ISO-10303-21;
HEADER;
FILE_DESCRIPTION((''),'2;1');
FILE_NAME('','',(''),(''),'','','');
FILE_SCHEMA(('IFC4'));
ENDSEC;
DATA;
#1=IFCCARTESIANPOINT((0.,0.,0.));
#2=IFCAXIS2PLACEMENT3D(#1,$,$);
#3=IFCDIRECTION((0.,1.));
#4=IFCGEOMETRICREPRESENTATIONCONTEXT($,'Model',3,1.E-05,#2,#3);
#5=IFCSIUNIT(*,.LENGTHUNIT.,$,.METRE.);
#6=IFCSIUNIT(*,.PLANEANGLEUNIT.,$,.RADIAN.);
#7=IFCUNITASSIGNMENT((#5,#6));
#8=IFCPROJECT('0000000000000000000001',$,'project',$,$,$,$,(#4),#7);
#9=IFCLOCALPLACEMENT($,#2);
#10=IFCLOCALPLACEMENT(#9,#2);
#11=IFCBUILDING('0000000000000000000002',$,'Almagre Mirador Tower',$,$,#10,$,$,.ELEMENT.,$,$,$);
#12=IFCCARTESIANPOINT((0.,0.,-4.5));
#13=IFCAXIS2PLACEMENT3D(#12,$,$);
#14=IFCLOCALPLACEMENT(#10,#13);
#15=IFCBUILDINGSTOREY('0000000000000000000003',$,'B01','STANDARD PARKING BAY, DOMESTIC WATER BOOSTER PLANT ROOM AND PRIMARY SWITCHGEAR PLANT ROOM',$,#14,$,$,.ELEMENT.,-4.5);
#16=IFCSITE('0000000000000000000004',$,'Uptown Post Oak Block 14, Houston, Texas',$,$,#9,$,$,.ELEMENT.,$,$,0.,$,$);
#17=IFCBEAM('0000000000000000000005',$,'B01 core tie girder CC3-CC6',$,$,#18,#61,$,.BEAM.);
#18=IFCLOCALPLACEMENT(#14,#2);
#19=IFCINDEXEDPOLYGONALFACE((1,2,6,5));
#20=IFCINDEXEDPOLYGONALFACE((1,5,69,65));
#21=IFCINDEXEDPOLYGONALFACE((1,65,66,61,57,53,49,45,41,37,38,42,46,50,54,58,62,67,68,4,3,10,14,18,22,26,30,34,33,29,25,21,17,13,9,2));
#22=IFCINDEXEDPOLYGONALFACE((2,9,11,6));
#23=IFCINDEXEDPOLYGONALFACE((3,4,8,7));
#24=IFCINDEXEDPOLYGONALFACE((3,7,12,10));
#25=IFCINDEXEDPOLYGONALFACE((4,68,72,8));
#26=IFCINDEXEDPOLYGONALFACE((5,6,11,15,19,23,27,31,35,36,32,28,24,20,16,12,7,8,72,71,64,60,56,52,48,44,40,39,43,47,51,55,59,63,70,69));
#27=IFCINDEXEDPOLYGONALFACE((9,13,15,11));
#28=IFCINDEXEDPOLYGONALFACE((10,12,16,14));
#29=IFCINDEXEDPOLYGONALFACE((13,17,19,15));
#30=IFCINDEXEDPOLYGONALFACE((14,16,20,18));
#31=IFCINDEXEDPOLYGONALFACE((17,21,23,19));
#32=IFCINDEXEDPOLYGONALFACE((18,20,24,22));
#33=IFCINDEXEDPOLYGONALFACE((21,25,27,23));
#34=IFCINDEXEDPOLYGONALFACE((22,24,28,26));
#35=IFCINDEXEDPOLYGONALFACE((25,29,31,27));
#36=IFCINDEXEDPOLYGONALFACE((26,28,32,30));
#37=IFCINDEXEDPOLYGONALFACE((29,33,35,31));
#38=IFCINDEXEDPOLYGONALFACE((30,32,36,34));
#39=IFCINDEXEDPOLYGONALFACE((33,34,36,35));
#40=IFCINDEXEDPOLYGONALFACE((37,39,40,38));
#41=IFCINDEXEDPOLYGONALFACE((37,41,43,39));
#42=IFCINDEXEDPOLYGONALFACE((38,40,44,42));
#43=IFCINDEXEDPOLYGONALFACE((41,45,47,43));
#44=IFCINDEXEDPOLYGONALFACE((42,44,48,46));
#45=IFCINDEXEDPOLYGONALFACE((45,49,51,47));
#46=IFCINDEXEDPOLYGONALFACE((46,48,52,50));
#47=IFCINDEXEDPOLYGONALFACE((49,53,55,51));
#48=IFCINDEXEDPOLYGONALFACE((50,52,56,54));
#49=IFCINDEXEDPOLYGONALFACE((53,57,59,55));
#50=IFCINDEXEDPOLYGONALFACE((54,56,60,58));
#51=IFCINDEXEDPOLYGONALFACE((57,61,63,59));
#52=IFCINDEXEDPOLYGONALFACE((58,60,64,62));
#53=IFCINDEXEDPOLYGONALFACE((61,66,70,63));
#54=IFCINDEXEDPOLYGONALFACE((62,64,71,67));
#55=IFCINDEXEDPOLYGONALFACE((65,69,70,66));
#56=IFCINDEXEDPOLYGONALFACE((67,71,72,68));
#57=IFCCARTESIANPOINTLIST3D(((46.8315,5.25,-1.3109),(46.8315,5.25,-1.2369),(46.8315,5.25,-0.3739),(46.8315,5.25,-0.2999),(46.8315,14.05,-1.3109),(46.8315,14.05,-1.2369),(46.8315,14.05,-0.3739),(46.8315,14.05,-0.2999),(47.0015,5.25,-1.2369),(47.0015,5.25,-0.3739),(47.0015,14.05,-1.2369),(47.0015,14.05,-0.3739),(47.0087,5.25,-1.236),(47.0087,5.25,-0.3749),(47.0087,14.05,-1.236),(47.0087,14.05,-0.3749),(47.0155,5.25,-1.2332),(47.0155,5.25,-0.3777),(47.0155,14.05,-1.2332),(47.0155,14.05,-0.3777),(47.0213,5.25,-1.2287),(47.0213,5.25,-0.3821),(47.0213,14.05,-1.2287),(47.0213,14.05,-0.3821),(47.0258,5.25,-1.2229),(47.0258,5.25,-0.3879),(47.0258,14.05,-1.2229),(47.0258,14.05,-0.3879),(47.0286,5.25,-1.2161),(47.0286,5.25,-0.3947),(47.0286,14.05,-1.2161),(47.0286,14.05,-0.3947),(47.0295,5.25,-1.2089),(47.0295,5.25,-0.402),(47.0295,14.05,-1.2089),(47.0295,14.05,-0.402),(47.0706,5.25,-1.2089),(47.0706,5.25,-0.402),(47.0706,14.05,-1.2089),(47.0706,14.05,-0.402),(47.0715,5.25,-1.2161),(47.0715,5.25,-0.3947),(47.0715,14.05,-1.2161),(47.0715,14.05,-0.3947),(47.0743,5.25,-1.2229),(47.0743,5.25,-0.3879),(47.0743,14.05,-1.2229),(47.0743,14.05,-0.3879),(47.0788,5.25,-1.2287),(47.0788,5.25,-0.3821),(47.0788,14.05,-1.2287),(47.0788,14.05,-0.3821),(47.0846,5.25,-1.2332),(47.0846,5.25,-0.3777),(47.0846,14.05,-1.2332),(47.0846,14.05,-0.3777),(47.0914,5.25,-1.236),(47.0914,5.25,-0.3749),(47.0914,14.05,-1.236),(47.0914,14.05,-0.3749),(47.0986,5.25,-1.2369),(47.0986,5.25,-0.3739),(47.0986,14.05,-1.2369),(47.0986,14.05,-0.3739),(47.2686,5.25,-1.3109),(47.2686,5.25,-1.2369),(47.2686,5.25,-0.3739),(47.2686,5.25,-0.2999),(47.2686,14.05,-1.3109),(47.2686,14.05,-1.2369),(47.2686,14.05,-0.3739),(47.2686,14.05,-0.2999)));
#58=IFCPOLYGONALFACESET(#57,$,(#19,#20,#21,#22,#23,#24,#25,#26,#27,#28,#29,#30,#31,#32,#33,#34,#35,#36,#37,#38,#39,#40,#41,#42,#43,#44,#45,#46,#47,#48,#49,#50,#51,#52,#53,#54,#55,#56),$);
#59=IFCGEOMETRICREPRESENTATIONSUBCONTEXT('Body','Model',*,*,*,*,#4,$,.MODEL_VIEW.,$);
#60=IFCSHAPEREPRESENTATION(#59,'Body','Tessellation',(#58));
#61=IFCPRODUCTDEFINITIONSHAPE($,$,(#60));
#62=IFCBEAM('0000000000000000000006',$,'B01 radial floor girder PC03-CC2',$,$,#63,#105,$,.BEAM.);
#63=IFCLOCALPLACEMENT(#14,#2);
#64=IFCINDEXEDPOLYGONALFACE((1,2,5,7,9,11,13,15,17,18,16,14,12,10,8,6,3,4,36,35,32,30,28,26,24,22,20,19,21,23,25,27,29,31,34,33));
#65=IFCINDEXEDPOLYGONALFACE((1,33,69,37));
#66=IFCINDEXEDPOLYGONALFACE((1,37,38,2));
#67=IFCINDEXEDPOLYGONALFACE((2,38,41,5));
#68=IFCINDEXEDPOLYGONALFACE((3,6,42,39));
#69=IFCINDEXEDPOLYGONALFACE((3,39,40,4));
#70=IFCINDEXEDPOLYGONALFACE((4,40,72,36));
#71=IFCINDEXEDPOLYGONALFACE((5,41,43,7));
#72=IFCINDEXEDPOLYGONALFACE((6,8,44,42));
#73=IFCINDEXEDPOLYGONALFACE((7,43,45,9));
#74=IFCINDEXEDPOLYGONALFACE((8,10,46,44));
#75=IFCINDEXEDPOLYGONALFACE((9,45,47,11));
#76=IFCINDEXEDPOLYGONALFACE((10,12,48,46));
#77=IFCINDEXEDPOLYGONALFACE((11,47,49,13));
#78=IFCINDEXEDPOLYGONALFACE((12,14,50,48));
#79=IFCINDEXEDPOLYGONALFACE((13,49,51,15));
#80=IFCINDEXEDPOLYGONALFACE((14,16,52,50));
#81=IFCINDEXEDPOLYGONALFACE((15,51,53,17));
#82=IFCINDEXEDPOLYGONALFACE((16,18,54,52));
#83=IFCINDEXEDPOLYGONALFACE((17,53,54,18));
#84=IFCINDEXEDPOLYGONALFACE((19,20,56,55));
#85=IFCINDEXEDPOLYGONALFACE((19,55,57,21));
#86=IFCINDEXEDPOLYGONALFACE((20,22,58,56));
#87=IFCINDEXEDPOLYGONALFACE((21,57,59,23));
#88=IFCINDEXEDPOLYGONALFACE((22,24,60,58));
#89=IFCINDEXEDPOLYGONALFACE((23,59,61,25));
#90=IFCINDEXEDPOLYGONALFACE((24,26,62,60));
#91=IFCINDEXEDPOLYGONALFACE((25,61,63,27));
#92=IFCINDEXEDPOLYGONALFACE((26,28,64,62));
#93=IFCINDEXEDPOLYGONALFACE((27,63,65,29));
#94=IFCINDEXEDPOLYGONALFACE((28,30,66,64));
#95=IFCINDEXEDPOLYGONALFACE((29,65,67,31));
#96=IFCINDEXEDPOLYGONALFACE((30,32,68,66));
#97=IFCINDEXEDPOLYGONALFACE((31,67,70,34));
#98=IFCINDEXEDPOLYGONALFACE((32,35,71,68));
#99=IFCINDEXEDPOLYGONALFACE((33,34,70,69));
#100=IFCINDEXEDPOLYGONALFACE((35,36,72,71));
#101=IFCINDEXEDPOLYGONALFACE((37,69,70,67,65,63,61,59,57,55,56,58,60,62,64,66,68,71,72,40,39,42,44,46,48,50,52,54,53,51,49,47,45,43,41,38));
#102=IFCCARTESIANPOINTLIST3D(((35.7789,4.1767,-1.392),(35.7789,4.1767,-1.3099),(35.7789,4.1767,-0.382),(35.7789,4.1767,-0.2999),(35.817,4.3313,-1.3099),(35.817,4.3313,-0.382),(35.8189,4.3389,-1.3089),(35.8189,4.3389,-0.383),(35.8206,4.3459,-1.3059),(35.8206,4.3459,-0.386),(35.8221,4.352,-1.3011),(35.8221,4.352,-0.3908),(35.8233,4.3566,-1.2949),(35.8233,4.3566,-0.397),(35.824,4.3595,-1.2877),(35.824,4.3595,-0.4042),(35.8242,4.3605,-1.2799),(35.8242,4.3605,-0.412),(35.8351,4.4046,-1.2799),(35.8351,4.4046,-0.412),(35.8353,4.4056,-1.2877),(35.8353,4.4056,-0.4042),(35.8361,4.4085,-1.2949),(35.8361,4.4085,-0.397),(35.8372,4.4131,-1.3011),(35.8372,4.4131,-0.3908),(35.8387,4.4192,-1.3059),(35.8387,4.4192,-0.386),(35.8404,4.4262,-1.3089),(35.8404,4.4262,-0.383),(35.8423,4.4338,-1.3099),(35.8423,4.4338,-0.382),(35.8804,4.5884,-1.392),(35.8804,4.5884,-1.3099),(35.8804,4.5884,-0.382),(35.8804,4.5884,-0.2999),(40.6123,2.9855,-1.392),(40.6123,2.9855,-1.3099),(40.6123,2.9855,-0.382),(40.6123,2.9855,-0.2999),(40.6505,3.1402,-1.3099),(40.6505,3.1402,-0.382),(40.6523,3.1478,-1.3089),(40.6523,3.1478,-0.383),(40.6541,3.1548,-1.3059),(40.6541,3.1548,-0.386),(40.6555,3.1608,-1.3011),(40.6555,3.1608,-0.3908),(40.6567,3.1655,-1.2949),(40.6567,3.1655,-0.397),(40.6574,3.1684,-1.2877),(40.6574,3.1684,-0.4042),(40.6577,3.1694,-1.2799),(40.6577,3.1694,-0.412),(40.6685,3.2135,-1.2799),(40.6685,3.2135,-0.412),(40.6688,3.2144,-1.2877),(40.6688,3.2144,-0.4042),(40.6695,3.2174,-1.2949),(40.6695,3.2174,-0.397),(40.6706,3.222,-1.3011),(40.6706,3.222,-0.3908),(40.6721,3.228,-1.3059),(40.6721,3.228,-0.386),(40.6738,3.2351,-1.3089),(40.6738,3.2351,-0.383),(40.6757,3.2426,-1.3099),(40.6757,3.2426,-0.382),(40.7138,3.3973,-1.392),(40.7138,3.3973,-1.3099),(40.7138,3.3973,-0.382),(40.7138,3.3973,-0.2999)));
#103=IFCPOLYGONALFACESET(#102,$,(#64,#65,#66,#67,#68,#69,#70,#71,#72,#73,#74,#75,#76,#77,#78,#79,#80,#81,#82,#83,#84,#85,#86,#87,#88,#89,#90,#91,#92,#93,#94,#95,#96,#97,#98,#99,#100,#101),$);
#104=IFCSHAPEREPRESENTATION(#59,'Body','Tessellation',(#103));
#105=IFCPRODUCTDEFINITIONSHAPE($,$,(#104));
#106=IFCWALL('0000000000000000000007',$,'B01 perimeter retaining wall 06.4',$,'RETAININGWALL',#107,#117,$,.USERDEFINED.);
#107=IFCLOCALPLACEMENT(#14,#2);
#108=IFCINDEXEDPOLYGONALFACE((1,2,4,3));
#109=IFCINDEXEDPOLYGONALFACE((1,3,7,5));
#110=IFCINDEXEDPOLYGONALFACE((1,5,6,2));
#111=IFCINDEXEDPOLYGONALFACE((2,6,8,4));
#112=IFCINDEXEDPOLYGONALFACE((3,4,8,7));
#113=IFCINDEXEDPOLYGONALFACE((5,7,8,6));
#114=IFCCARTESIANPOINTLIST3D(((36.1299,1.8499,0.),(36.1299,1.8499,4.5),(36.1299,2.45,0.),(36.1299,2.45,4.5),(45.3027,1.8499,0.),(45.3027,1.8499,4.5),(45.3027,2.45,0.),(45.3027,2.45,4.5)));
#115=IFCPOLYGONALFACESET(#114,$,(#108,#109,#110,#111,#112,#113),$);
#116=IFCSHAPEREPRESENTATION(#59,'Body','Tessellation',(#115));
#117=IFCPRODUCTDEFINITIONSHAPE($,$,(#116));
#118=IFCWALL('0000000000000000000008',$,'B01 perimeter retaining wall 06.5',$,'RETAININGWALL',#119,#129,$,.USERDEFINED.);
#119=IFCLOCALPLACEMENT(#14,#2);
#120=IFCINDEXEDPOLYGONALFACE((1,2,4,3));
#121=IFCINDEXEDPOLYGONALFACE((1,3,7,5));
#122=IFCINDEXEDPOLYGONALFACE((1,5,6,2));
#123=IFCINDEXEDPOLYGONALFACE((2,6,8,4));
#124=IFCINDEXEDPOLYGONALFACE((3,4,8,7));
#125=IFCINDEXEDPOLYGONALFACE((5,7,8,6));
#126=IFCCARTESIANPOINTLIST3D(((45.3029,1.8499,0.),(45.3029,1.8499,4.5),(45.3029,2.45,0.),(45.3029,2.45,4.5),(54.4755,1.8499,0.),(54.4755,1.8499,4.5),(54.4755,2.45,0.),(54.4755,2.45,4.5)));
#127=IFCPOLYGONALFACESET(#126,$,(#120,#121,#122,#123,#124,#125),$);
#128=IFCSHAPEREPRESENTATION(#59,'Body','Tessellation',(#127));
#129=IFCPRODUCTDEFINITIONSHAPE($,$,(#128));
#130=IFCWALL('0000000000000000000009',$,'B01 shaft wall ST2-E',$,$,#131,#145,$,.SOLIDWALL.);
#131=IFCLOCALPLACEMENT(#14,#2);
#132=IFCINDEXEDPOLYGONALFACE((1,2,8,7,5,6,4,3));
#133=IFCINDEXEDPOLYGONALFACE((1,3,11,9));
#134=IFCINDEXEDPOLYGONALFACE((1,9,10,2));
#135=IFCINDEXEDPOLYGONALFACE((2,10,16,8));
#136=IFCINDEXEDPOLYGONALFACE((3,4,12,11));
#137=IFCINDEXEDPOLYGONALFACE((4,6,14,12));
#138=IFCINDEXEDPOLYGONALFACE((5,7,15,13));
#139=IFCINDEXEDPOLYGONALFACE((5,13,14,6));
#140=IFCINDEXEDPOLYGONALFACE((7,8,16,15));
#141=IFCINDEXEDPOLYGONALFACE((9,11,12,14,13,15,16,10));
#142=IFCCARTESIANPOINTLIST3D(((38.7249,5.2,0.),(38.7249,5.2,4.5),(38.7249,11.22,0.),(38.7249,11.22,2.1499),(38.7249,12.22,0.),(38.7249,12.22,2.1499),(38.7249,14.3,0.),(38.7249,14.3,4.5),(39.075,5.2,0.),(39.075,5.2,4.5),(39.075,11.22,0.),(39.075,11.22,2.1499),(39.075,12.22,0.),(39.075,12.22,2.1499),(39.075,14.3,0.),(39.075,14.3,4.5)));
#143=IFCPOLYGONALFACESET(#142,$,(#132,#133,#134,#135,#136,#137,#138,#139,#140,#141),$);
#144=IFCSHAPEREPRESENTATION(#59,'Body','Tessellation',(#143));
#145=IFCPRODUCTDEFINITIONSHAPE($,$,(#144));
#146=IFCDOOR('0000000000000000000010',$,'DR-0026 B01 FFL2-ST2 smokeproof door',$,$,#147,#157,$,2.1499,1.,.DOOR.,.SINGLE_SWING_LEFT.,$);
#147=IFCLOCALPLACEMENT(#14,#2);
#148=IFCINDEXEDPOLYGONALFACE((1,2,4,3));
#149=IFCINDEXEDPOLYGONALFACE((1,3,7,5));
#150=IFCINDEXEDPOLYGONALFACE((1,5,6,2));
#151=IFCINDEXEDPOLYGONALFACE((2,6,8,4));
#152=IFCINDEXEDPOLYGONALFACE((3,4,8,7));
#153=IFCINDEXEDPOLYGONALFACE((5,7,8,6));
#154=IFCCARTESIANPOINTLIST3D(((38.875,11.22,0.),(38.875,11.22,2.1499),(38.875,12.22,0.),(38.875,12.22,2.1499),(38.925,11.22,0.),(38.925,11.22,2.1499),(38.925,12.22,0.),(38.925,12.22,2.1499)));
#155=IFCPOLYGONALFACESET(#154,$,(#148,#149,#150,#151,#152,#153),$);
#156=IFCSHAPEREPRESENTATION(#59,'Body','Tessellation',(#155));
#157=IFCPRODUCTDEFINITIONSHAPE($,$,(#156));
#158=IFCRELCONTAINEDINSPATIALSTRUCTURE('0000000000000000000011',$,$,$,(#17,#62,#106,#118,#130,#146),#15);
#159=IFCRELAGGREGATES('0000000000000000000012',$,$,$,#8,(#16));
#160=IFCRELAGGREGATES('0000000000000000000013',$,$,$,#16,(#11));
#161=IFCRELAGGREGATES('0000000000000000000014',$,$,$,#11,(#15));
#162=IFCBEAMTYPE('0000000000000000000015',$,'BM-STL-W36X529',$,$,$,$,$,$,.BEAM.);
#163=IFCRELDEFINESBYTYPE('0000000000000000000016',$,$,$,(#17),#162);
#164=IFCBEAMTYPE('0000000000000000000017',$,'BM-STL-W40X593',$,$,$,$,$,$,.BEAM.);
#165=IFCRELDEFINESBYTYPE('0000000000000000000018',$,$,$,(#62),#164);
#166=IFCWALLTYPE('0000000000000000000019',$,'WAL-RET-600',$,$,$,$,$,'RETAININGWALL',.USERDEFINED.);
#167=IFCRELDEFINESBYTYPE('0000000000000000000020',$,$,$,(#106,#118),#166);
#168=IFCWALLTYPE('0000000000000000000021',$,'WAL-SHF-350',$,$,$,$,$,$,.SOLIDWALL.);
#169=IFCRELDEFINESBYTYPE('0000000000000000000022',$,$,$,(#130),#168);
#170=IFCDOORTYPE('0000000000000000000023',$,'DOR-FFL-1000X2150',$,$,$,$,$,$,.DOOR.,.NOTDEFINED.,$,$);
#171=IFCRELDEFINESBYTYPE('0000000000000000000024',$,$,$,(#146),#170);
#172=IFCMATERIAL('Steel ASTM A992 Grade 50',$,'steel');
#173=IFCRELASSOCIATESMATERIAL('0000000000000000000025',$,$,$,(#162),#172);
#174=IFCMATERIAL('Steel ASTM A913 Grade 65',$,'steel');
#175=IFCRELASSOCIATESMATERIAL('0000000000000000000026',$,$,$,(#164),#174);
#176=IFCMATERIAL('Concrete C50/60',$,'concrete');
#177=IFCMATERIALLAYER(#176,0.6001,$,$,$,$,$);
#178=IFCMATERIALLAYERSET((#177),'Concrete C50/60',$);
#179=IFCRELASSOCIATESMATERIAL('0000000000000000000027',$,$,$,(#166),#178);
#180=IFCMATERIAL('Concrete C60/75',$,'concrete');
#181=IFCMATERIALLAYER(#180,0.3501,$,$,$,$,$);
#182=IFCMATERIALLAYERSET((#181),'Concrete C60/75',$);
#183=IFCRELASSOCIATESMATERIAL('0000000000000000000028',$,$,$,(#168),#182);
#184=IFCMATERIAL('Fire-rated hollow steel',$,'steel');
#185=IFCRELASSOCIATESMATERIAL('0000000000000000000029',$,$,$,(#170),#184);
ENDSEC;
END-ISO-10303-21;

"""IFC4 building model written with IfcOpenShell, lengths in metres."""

from ifc_helpers import new_model, si_unit, direction, frame, frame_2d, origin, origin_2d, place, context, subcontext, project, spatial, rectangle, i_section, extrude, material, layer, layer_set, material_profile, profile_set, type_object, element, fill, save


model = new_model("IFC4")

# Units and contexts
model_context = context("Model", 3, precision=1e-05, world=origin(), true_north=direction((0.0, 1.0)))
body_context = subcontext(model_context, "Body", "Model", "MODEL_VIEW")
ifc_project = project(units=[si_unit("LENGTHUNIT", "METRE"), si_unit("PLANEANGLEUNIT", "RADIAN")], contexts=[model_context])

# Site, building, storey
site_placement = place(None, origin())
site = spatial("IfcSite", under=ifc_project, at=site_placement, Name="Uptown Post Oak Block 14, Houston, Texas", CompositionType="ELEMENT", RefElevation=0.0)
building_placement = place(site_placement, origin())
building = spatial("IfcBuilding", under=site, at=building_placement, Name="Almagre Mirador Tower", CompositionType="ELEMENT")
storey_placement = place(building_placement, frame((0.0, 0.0, -4.5)))
storey = spatial("IfcBuildingStorey", under=building, at=storey_placement, Name="B01", Description="STANDARD PARKING BAY, DOMESTIC WATER BOOSTER PLANT ROOM AND PRIMARY SWITCHGEAR PLANT ROOM", CompositionType="ELEMENT", Elevation=-4.5)

# Beams
ifc_material_1 = material(Name="Steel ASTM A992 Grade 50", Category="steel")
ifc_material_profile_1 = material_profile(ifc_material_1, i_section(OverallWidth=0.437, OverallDepth=1.011, WebThickness=0.041, FlangeThickness=0.074, FilletRadius=0.0281, at=origin_2d()), Name="W36X529")
ifc_profile_set_1 = profile_set([ifc_material_profile_1], Name="Steel ASTM A992 Grade 50")
beam_type_1 = type_object("IfcBeamType", Name="BM-STL-W36X529", PredefinedType="BEAM", material=ifc_profile_set_1)
beam_1_placement = place(storey_placement, frame((47.05, 5.25, -0.8054), z_axis=(0.0, 1.0, 0.0), x_axis=(-1.0, 0.0, 0.0)))
element("IfcBeam", 1, at=beam_1_placement, inside=storey, type_object=beam_type_1, Name="B01 core tie girder CC3-CC6", PredefinedType="BEAM", context=body_context, shape_type="SweptSolid", body=[
    extrude(i_section(OverallWidth=0.437, OverallDepth=1.011, WebThickness=0.041, FlangeThickness=0.074, FilletRadius=0.0281, at=origin_2d()), origin(), (0.0, 0.0, 1.0), 8.8),
])
ifc_material_2 = material(Name="Steel ASTM A913 Grade 65", Category="steel")
ifc_material_profile_2 = material_profile(ifc_material_2, i_section(OverallWidth=0.4241, OverallDepth=1.092, WebThickness=0.0454, FlangeThickness=0.082, FilletRadius=0.03, at=origin_2d()), Name="W40X593")
ifc_profile_set_2 = profile_set([ifc_material_profile_2], Name="Steel ASTM A913 Grade 65")
beam_type_2 = type_object("IfcBeamType", Name="BM-STL-W40X593", PredefinedType="BEAM", material=ifc_profile_set_2)
beam_2_placement = place(storey_placement, frame((40.6631, 3.1914, -0.8459), z_axis=(-0.970951, 0.23928, 0.0), x_axis=(-0.23928, -0.970951, 0.0)))
element("IfcBeam", 2, at=beam_2_placement, inside=storey, type_object=beam_type_2, Name="B01 radial floor girder PC03-CC2", PredefinedType="BEAM", context=body_context, shape_type="SweptSolid", body=[
    extrude(i_section(OverallWidth=0.4241, OverallDepth=1.092, WebThickness=0.0454, FlangeThickness=0.082, FilletRadius=0.03, at=origin_2d()), origin(), (0.0, 0.0, 1.0), 4.978),
])

# Walls
ifc_material_3 = material(Name="Concrete C50/60", Category="concrete")
ifc_layer_1 = layer(ifc_material_3, 0.6001)
ifc_layer_set_1 = layer_set([ifc_layer_1], Name="Concrete C50/60")
wall_type_1 = type_object("IfcWallType", Name="WAL-RET-600", ElementType="RETAININGWALL", PredefinedType="USERDEFINED", material=ifc_layer_set_1)
wall_1_placement = place(storey_placement, frame((36.1299, 2.1499, 0.0), z_axis=(0.0, 0.0, 1.0), x_axis=(1.0, 0.0, 0.0)))
element("IfcWall", 3, at=wall_1_placement, inside=storey, type_object=wall_type_1, Name="B01 perimeter retaining wall 06.4", ObjectType="RETAININGWALL", PredefinedType="USERDEFINED", context=body_context, shape_type="SweptSolid", body=[
    extrude(rectangle(XDim=9.1729, YDim=0.6001, at=frame_2d((4.5864, 0.0))), origin(), (0.0, 0.0, 1.0), 4.5),
])
wall_2_placement = place(storey_placement, frame((45.3027, 2.1499, 0.0), z_axis=(0.0, 0.0, 1.0), x_axis=(1.0, 0.0, 0.0)))
element("IfcWall", 4, at=wall_2_placement, inside=storey, type_object=wall_type_1, Name="B01 perimeter retaining wall 06.5", ObjectType="RETAININGWALL", PredefinedType="USERDEFINED", context=body_context, shape_type="SweptSolid", body=[
    extrude(rectangle(XDim=9.1726, YDim=0.6001, at=frame_2d((4.5864, 0.0))), origin(), (0.0, 0.0, 1.0), 4.5),
])

# Wall, opening, door
ifc_material_4 = material(Name="Concrete C60/75", Category="concrete")
ifc_layer_2 = layer(ifc_material_4, 0.3501)
ifc_layer_set_2 = layer_set([ifc_layer_2], Name="Concrete C60/75")
wall_type_2 = type_object("IfcWallType", Name="WAL-SHF-350", PredefinedType="SOLIDWALL", material=ifc_layer_set_2)
wall_3_placement = place(storey_placement, frame((38.8999, 5.2, 0.0), z_axis=(0.0, 0.0, 1.0), x_axis=(0.0, 1.0, 0.0)))
wall_3 = element("IfcWall", 5, at=wall_3_placement, inside=storey, type_object=wall_type_2, Name="B01 shaft wall ST2-E", PredefinedType="SOLIDWALL", context=body_context, shape_type="SweptSolid", body=[
    extrude(rectangle(XDim=9.1001, YDim=0.3501, at=frame_2d((4.55, 0.0))), origin(), (0.0, 0.0, 1.0), 4.5),
])
opening_1_placement = place(wall_3_placement, frame((6.02, 0.0, 0.0)))
opening_1 = element("IfcOpeningElement", 6, at=opening_1_placement, cuts=wall_3, PredefinedType="OPENING", context=body_context, shape_type="SweptSolid", body=[
    extrude(rectangle(XDim=1.0, YDim=2.1499, at=frame_2d((0.5, 1.075))), frame((0.0, 0.185, 0.0), z_axis=(0.0, -1.0, 0.0), x_axis=(1.0, 0.0, 0.0)), (0.0, 0.0, 1.0), 0.3701),
])
ifc_material_5 = material(Name="Fire-rated hollow steel", Category="steel")
door_type = type_object("IfcDoorType", Name="DOR-FFL-1000X2150", OperationType="NOTDEFINED", PredefinedType="DOOR", material=ifc_material_5)
door_1_placement = place(opening_1_placement, origin())
door_1 = element("IfcDoor", 7, at=door_1_placement, inside=storey, type_object=door_type, Name="DR-0026 B01 FFL2-ST2 smokeproof door", OperationType="SINGLE_SWING_LEFT", OverallHeight=2.1499, OverallWidth=1.0, PredefinedType="DOOR", context=body_context, shape_type="SweptSolid", body=[
    extrude(rectangle(XDim=1.0, YDim=2.1499, at=frame_2d((0.5, 1.075))), frame((0.0, 0.0249, 0.0), z_axis=(0.0, -1.0, 0.0), x_axis=(1.0, 0.0, 0.0)), (0.0, 0.0, 1.0), 0.05),
])
fill(opening_1, door_1)

save(model, "model.ifc")
